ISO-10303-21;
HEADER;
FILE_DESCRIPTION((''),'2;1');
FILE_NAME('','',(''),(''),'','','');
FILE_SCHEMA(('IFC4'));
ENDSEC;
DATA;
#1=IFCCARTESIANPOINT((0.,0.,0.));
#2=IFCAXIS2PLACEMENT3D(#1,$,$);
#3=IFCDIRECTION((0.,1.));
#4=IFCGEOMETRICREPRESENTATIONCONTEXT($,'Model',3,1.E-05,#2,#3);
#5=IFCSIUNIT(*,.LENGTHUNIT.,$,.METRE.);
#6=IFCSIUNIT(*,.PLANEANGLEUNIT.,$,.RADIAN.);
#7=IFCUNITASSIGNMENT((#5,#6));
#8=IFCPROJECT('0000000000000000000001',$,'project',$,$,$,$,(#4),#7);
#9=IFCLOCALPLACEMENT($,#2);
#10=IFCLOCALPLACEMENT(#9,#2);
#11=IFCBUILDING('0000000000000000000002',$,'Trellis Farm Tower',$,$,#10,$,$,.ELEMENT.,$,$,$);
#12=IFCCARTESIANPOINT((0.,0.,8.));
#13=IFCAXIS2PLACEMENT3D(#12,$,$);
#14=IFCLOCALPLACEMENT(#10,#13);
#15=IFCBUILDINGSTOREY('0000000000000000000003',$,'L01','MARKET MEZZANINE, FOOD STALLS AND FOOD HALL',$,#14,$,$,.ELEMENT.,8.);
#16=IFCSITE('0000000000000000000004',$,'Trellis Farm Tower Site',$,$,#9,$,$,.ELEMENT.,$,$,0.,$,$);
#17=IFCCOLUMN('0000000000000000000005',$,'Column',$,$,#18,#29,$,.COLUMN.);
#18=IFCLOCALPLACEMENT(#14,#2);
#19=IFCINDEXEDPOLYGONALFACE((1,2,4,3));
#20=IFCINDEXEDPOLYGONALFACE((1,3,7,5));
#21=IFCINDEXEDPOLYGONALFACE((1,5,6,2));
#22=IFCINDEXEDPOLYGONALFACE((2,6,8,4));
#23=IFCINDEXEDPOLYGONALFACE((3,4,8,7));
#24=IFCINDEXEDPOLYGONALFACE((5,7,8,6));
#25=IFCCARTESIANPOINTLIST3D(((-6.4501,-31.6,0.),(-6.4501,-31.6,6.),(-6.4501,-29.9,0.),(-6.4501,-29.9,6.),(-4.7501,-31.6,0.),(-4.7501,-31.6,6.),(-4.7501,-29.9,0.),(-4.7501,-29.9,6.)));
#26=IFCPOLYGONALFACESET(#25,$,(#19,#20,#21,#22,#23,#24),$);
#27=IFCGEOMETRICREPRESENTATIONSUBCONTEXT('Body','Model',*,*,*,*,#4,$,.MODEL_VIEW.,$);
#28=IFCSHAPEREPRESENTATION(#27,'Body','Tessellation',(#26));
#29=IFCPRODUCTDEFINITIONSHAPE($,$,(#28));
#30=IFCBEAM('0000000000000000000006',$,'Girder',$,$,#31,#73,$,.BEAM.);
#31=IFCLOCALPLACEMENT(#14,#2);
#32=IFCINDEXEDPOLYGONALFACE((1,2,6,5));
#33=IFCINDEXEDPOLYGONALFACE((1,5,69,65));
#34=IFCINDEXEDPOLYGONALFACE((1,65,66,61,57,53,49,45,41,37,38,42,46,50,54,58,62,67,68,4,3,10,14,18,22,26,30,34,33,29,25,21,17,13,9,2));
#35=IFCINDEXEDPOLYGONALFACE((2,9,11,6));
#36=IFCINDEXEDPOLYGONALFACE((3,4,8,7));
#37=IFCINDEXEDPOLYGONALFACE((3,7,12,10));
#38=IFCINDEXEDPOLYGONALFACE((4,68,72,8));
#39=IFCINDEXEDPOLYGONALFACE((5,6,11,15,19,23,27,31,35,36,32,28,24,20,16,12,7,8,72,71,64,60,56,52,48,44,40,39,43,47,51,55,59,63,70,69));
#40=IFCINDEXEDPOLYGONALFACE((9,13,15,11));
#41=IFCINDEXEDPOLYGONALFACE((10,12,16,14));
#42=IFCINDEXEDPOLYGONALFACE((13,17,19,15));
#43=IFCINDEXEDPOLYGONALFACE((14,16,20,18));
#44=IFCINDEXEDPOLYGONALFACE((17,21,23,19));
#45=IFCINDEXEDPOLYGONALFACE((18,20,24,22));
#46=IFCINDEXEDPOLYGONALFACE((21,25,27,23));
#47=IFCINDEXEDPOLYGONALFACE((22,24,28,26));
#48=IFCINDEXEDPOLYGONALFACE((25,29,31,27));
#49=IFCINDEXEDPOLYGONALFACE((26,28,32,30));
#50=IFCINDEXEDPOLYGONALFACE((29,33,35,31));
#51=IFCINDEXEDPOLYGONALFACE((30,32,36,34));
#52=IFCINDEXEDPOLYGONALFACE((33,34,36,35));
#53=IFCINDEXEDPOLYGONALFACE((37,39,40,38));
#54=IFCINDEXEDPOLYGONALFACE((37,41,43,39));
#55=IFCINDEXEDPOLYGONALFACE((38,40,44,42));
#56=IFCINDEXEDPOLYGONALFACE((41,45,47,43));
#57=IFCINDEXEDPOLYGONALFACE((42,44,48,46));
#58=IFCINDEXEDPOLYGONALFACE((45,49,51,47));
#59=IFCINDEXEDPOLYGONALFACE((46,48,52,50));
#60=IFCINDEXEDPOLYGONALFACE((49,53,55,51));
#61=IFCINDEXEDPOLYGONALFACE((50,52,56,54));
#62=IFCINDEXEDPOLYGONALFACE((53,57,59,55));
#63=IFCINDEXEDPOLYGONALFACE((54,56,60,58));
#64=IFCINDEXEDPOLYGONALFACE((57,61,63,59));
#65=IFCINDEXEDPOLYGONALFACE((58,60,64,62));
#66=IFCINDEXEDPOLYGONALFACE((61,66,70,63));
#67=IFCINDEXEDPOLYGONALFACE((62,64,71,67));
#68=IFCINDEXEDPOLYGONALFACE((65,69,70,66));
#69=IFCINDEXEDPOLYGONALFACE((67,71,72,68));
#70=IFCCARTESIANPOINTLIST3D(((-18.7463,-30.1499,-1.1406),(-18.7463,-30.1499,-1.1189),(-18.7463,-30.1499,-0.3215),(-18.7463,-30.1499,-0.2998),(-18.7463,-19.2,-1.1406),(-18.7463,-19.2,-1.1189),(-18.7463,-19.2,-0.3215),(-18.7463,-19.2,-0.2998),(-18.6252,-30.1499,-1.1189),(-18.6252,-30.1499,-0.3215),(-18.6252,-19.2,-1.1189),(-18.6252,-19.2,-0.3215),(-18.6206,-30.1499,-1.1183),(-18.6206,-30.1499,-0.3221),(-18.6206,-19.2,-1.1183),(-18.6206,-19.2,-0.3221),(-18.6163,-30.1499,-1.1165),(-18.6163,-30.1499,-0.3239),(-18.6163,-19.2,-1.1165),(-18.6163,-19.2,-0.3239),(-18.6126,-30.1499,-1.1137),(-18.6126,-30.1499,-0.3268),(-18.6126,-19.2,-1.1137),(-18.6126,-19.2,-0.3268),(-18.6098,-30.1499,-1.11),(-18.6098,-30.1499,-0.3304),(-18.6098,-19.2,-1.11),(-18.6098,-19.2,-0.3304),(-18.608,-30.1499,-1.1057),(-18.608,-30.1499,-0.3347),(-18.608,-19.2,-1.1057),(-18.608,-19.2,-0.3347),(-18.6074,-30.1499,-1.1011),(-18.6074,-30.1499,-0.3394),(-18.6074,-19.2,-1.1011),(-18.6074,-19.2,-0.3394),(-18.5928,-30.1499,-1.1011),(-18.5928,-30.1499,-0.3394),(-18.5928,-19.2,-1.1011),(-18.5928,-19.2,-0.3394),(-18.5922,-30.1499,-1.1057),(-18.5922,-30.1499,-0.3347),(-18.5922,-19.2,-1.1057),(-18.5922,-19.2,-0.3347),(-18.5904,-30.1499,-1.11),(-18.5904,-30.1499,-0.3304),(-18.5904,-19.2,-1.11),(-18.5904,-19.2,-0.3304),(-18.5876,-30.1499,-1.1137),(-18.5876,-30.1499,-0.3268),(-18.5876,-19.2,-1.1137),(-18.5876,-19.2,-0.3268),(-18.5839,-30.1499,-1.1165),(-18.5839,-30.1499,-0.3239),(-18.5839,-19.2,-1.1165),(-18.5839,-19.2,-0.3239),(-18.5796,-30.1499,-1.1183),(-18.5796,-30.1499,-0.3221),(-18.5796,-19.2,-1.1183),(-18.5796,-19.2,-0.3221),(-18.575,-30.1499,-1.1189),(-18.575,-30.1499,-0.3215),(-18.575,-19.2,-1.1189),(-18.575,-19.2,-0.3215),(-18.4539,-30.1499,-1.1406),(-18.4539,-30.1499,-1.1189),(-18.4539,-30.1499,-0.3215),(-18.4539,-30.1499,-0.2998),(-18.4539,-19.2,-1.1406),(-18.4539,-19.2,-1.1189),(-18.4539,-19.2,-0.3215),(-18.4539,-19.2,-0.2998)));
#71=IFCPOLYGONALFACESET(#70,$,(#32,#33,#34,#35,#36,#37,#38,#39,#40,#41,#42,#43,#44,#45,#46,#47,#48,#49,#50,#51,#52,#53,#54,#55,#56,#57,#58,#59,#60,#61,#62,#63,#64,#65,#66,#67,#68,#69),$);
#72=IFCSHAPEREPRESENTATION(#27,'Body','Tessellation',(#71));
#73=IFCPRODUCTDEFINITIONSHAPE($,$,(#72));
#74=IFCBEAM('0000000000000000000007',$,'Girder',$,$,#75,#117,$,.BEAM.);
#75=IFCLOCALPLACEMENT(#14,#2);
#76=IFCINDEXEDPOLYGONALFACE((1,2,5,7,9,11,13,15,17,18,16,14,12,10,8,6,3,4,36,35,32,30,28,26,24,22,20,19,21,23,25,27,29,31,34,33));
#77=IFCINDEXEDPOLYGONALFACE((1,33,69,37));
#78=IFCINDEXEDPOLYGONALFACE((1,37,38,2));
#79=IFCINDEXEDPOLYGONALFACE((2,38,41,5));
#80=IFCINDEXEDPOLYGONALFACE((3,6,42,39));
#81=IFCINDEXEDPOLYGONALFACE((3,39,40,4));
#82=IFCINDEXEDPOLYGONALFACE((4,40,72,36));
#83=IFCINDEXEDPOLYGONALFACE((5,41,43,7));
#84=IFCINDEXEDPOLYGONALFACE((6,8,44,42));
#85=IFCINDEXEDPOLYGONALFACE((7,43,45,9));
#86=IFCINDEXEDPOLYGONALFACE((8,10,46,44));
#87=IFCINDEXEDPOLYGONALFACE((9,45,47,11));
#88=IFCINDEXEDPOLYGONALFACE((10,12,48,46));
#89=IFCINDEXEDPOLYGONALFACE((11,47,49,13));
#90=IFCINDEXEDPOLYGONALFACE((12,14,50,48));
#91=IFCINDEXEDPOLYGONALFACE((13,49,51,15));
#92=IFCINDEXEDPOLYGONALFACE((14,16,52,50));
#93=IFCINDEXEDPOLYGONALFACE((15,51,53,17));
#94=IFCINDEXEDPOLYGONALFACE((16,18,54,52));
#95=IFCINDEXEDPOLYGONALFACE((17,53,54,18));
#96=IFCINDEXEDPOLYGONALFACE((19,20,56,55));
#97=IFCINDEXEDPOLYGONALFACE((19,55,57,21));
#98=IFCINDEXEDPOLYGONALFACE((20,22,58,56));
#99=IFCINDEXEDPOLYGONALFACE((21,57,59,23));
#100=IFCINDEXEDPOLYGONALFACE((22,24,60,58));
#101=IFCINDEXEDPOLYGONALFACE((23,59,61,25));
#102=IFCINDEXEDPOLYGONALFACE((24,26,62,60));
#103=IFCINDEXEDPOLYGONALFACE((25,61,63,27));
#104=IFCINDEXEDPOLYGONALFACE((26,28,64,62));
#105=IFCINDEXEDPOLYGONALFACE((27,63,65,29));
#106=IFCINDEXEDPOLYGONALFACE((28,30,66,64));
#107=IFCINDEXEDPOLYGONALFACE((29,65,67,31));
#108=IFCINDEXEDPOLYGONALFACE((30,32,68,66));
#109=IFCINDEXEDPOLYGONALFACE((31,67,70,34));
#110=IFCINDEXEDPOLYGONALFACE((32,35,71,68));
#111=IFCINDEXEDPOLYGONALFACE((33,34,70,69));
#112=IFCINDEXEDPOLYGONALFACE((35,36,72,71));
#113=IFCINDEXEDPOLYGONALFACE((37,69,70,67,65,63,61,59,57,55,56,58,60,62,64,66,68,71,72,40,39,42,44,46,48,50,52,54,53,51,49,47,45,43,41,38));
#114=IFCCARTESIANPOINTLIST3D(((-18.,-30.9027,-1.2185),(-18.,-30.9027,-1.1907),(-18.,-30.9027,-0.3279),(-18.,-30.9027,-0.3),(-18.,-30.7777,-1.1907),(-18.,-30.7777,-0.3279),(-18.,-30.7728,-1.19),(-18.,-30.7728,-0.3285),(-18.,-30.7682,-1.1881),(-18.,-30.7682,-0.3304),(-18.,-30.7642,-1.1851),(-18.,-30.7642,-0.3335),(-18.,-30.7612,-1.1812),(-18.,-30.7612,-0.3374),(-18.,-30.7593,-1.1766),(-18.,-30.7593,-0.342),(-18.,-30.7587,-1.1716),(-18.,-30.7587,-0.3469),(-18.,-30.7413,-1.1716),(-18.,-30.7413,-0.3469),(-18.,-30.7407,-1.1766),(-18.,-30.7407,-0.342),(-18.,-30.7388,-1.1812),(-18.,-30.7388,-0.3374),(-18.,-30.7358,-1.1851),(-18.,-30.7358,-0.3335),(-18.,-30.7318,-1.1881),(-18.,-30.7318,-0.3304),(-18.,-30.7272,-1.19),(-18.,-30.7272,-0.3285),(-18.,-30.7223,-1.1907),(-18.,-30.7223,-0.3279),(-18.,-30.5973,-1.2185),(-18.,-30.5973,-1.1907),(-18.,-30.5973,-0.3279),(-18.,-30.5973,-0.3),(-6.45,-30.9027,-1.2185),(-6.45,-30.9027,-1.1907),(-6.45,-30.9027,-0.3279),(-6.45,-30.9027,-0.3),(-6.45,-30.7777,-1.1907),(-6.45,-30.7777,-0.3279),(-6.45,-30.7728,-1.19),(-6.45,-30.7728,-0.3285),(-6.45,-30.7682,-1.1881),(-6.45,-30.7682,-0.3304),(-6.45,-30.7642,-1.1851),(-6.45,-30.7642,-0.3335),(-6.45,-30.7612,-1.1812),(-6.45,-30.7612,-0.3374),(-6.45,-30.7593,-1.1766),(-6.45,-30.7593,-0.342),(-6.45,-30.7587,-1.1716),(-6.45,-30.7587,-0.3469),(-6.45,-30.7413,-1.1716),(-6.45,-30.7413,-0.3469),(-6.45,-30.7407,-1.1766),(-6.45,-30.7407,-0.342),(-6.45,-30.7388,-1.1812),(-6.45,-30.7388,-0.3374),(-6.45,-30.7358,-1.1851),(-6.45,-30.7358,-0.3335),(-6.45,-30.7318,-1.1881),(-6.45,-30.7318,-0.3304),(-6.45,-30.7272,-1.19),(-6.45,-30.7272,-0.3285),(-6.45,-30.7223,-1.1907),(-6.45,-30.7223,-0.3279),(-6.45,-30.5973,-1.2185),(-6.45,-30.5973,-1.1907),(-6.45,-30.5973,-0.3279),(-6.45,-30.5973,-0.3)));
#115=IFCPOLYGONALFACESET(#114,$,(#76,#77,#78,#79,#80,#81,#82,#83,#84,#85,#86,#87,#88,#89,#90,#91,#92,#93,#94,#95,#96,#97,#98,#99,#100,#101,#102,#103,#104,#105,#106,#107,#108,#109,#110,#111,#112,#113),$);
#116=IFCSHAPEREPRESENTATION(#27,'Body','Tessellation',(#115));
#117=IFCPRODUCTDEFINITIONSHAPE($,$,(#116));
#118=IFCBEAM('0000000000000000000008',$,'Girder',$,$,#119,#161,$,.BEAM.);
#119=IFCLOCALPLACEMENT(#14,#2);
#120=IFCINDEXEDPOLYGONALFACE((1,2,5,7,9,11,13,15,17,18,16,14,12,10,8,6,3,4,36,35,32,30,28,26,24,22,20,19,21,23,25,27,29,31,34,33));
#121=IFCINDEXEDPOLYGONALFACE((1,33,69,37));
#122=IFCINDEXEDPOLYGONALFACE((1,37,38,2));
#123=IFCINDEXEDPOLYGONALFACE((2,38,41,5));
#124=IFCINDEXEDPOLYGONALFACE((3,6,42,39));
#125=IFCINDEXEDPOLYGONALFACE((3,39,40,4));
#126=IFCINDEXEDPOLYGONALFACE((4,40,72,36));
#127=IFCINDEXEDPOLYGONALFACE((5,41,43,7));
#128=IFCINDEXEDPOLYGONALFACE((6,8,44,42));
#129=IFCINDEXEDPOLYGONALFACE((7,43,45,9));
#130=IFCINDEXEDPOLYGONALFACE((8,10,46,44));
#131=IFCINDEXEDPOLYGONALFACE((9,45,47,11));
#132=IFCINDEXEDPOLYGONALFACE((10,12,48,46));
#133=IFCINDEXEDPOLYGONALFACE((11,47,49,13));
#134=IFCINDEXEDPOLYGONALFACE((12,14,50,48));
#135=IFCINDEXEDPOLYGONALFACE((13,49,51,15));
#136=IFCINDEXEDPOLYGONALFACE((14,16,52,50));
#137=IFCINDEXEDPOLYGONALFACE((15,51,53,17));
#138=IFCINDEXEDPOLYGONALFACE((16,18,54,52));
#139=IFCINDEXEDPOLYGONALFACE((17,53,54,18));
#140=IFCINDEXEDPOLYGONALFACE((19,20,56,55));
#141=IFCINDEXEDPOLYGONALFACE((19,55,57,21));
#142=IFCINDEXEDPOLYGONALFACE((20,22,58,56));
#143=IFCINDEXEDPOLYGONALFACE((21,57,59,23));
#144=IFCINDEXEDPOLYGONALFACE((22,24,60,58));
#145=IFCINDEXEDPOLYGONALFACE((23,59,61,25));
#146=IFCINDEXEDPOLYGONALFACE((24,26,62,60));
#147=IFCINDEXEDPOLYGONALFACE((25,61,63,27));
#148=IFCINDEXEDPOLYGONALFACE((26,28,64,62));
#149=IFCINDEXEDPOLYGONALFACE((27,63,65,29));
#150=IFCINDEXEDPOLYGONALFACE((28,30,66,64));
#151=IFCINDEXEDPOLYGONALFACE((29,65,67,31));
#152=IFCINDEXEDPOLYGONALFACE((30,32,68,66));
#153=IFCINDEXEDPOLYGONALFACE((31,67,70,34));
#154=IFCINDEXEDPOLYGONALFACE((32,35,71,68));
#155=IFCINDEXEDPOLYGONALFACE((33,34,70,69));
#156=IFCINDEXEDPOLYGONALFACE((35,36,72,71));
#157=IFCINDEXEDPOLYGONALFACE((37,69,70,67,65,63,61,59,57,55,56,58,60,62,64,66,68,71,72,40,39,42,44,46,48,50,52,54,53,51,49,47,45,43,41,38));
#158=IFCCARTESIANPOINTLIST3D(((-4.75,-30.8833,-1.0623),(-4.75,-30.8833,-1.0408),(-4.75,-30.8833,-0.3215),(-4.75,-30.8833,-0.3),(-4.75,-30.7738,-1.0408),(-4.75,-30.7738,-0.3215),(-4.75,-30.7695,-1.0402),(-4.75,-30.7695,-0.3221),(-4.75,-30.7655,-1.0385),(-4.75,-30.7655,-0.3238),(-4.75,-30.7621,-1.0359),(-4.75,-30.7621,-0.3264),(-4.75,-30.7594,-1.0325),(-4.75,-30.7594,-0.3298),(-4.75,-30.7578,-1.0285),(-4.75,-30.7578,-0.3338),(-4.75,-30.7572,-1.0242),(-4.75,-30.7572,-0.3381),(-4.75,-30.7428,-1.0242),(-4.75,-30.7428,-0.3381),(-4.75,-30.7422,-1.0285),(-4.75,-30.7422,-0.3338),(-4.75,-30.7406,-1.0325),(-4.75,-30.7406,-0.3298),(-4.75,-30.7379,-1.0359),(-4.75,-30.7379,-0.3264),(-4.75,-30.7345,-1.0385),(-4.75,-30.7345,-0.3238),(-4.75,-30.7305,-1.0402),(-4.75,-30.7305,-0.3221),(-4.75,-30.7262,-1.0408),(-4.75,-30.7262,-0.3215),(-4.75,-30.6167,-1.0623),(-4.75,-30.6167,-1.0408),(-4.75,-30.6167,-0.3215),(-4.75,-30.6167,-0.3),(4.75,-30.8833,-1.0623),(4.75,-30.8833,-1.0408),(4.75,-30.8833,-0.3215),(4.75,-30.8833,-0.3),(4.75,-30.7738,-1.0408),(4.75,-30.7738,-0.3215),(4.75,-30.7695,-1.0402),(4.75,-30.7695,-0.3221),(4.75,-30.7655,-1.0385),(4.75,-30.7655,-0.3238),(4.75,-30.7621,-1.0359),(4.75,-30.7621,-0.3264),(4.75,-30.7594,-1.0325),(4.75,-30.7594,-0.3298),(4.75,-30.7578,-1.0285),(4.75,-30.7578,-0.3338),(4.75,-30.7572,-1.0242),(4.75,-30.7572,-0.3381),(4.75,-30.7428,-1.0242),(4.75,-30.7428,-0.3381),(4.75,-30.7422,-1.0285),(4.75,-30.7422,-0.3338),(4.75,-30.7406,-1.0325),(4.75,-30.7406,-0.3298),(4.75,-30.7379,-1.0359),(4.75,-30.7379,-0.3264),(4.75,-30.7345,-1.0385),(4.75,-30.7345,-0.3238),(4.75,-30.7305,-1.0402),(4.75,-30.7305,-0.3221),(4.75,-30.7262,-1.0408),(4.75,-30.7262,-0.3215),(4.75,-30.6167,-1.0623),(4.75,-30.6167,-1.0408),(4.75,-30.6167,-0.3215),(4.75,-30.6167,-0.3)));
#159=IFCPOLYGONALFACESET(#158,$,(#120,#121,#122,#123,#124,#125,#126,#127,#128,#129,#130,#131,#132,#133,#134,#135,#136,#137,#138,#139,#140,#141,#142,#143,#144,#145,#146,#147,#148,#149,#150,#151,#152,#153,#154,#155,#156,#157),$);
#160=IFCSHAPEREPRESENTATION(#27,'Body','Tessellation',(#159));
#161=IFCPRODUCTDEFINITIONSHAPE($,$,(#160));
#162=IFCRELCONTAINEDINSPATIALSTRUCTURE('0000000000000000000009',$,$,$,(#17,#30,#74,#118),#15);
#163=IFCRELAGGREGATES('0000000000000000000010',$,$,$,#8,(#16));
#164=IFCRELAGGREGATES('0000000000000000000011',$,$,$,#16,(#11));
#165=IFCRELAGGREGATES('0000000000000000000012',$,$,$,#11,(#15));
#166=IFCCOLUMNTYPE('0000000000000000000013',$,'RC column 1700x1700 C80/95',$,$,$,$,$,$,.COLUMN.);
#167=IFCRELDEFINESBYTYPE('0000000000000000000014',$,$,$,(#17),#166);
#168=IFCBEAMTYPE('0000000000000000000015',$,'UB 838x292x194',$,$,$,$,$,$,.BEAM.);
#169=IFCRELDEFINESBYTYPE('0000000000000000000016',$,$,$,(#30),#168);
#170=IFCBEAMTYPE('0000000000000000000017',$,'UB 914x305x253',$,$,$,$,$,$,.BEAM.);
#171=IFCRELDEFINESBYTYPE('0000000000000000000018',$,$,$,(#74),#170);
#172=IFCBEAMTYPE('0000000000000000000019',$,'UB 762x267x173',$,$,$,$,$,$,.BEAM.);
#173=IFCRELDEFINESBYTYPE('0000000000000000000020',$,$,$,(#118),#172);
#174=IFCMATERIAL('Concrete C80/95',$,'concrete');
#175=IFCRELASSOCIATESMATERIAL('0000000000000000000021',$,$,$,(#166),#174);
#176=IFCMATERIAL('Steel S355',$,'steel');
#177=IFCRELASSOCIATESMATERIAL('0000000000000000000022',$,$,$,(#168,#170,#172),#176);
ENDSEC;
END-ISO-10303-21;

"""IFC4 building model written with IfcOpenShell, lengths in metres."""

from ifc_helpers import new_model, si_unit, direction, frame, origin, origin_2d, place, context, subcontext, project, spatial, rectangle, i_section, extrude, source, transform, mapped, material, material_profile, profile_set, type_object, element, save


model = new_model("IFC4")

# Units and contexts
model_context = context("Model", 3, precision=1e-05, world=origin(), true_north=direction((0.0, 1.0)))
body_context = subcontext(model_context, "Body", "Model", "MODEL_VIEW")
ifc_project = project(units=[si_unit("LENGTHUNIT", "METRE"), si_unit("PLANEANGLEUNIT", "RADIAN")], contexts=[model_context])

# Site, building, storey
site_placement = place(None, origin())
site = spatial("IfcSite", under=ifc_project, at=site_placement, Name="Trellis Farm Tower Site", CompositionType="ELEMENT", RefElevation=0.0)
building_placement = place(site_placement, origin())
building = spatial("IfcBuilding", under=site, at=building_placement, Name="Trellis Farm Tower", CompositionType="ELEMENT")
storey_placement = place(building_placement, frame((0.0, 0.0, 8.0)))
storey = spatial("IfcBuildingStorey", under=building, at=storey_placement, Name="L01", Description="MARKET MEZZANINE, FOOD STALLS AND FOOD HALL", CompositionType="ELEMENT", Elevation=8.0)

# Column
ifc_material_1 = material(Name="Concrete C80/95", Category="concrete")
ifc_material_profile_1 = material_profile(ifc_material_1, rectangle(XDim=1.7, YDim=1.7, at=origin_2d()), Name="RC column 1700x1700 C80/95")
ifc_profile_set_1 = profile_set([ifc_material_profile_1], Name="Concrete C80/95")
column_type = type_object("IfcColumnType", Name="RC column 1700x1700 C80/95", PredefinedType="COLUMN", material=ifc_profile_set_1)
shared_shape_1 = source(origin(), body_context, "Body", "SweptSolid", [
    extrude(rectangle(XDim=1.7, YDim=1.7, at=origin_2d()), origin(), (0.0, 0.0, 1.0), 6.0),
])
column_placement = place(storey_placement, frame((-5.6001, -30.75, 0.0), z_axis=(0.0, 0.0, 1.0), x_axis=(1.0, 0.0, 0.0)))
element("IfcColumn", 1, at=column_placement, inside=storey, type_object=column_type, Name="Column", PredefinedType="COLUMN", context=body_context, shape_type="MappedRepresentation", body=[
    mapped(shared_shape_1, transform((0.0, 0.0, 0.0))),
])

# Beams
ifc_material_2 = material(Name="Steel S355", Category="steel")
ifc_material_profile_2 = material_profile(ifc_material_2, i_section(OverallWidth=0.2925, OverallDepth=0.8408, WebThickness=0.0146, FlangeThickness=0.0217, FilletRadius=0.0178, at=origin_2d()), Name="UB 838x292x194")
ifc_profile_set_2 = profile_set([ifc_material_profile_2], Name="Steel S355")
beam_type_1 = type_object("IfcBeamType", Name="UB 838x292x194", PredefinedType="BEAM", material=ifc_profile_set_2)
shared_shape_2 = source(origin(), body_context, "Body", "SweptSolid", [
    extrude(i_section(OverallWidth=0.2925, OverallDepth=0.8408, WebThickness=0.0146, FlangeThickness=0.0217, FilletRadius=0.0178, at=origin_2d()), origin(), (0.0, 0.0, 1.0), 10.95),
])
beam_1_placement = place(storey_placement, frame((-18.6001, -30.1499, -0.7202), z_axis=(0.0, 1.0, 0.0), x_axis=(-1.0, 0.0, 0.0)))
element("IfcBeam", 2, at=beam_1_placement, inside=storey, type_object=beam_type_1, Name="Girder", PredefinedType="BEAM", context=body_context, shape_type="MappedRepresentation", body=[
    mapped(shared_shape_2, transform((0.0, 0.0, 0.0))),
])
ifc_material_profile_3 = material_profile(ifc_material_2, i_section(OverallWidth=0.3054, OverallDepth=0.9185, WebThickness=0.0173, FlangeThickness=0.0278, FilletRadius=0.019, at=origin_2d()), Name="UB 914x305x253")
ifc_profile_set_3 = profile_set([ifc_material_profile_3], Name="Steel S355")
beam_type_2 = type_object("IfcBeamType", Name="UB 914x305x253", PredefinedType="BEAM", material=ifc_profile_set_3)
shared_shape_3 = source(origin(), body_context, "Body", "SweptSolid", [
    extrude(i_section(OverallWidth=0.3054, OverallDepth=0.9185, WebThickness=0.0173, FlangeThickness=0.0278, FilletRadius=0.019, at=origin_2d()), origin(), (0.0, 0.0, 1.0), 11.55),
])
beam_2_placement = place(storey_placement, frame((-18.0, -30.75, -0.7593), z_axis=(1.0, 0.0, 0.0), x_axis=(0.0, 1.0, 0.0)))
element("IfcBeam", 3, at=beam_2_placement, inside=storey, type_object=beam_type_2, Name="Girder", PredefinedType="BEAM", context=body_context, shape_type="MappedRepresentation", body=[
    mapped(shared_shape_3, transform((0.0, 0.0, 0.0))),
])
ifc_material_profile_4 = material_profile(ifc_material_2, i_section(OverallWidth=0.2666, OverallDepth=0.7622, WebThickness=0.0144, FlangeThickness=0.0215, FilletRadius=0.0166, at=origin_2d()), Name="UB 762x267x173")
ifc_profile_set_4 = profile_set([ifc_material_profile_4], Name="Steel S355")
beam_type_3 = type_object("IfcBeamType", Name="UB 762x267x173", PredefinedType="BEAM", material=ifc_profile_set_4)
shared_shape_4 = source(origin(), body_context, "Body", "SweptSolid", [
    extrude(i_section(OverallWidth=0.2666, OverallDepth=0.7622, WebThickness=0.0144, FlangeThickness=0.0215, FilletRadius=0.0166, at=origin_2d()), origin(), (0.0, 0.0, 1.0), 9.5),
])
beam_3_placement = place(storey_placement, frame((-4.75, -30.75, -0.6812), z_axis=(1.0, 0.0, 0.0), x_axis=(0.0, 1.0, 0.0)))
element("IfcBeam", 4, at=beam_3_placement, inside=storey, type_object=beam_type_3, Name="Girder", PredefinedType="BEAM", context=body_context, shape_type="MappedRepresentation", body=[
    mapped(shared_shape_4, transform((0.0, 0.0, 0.0))),
])

save(model, "model.ifc")
